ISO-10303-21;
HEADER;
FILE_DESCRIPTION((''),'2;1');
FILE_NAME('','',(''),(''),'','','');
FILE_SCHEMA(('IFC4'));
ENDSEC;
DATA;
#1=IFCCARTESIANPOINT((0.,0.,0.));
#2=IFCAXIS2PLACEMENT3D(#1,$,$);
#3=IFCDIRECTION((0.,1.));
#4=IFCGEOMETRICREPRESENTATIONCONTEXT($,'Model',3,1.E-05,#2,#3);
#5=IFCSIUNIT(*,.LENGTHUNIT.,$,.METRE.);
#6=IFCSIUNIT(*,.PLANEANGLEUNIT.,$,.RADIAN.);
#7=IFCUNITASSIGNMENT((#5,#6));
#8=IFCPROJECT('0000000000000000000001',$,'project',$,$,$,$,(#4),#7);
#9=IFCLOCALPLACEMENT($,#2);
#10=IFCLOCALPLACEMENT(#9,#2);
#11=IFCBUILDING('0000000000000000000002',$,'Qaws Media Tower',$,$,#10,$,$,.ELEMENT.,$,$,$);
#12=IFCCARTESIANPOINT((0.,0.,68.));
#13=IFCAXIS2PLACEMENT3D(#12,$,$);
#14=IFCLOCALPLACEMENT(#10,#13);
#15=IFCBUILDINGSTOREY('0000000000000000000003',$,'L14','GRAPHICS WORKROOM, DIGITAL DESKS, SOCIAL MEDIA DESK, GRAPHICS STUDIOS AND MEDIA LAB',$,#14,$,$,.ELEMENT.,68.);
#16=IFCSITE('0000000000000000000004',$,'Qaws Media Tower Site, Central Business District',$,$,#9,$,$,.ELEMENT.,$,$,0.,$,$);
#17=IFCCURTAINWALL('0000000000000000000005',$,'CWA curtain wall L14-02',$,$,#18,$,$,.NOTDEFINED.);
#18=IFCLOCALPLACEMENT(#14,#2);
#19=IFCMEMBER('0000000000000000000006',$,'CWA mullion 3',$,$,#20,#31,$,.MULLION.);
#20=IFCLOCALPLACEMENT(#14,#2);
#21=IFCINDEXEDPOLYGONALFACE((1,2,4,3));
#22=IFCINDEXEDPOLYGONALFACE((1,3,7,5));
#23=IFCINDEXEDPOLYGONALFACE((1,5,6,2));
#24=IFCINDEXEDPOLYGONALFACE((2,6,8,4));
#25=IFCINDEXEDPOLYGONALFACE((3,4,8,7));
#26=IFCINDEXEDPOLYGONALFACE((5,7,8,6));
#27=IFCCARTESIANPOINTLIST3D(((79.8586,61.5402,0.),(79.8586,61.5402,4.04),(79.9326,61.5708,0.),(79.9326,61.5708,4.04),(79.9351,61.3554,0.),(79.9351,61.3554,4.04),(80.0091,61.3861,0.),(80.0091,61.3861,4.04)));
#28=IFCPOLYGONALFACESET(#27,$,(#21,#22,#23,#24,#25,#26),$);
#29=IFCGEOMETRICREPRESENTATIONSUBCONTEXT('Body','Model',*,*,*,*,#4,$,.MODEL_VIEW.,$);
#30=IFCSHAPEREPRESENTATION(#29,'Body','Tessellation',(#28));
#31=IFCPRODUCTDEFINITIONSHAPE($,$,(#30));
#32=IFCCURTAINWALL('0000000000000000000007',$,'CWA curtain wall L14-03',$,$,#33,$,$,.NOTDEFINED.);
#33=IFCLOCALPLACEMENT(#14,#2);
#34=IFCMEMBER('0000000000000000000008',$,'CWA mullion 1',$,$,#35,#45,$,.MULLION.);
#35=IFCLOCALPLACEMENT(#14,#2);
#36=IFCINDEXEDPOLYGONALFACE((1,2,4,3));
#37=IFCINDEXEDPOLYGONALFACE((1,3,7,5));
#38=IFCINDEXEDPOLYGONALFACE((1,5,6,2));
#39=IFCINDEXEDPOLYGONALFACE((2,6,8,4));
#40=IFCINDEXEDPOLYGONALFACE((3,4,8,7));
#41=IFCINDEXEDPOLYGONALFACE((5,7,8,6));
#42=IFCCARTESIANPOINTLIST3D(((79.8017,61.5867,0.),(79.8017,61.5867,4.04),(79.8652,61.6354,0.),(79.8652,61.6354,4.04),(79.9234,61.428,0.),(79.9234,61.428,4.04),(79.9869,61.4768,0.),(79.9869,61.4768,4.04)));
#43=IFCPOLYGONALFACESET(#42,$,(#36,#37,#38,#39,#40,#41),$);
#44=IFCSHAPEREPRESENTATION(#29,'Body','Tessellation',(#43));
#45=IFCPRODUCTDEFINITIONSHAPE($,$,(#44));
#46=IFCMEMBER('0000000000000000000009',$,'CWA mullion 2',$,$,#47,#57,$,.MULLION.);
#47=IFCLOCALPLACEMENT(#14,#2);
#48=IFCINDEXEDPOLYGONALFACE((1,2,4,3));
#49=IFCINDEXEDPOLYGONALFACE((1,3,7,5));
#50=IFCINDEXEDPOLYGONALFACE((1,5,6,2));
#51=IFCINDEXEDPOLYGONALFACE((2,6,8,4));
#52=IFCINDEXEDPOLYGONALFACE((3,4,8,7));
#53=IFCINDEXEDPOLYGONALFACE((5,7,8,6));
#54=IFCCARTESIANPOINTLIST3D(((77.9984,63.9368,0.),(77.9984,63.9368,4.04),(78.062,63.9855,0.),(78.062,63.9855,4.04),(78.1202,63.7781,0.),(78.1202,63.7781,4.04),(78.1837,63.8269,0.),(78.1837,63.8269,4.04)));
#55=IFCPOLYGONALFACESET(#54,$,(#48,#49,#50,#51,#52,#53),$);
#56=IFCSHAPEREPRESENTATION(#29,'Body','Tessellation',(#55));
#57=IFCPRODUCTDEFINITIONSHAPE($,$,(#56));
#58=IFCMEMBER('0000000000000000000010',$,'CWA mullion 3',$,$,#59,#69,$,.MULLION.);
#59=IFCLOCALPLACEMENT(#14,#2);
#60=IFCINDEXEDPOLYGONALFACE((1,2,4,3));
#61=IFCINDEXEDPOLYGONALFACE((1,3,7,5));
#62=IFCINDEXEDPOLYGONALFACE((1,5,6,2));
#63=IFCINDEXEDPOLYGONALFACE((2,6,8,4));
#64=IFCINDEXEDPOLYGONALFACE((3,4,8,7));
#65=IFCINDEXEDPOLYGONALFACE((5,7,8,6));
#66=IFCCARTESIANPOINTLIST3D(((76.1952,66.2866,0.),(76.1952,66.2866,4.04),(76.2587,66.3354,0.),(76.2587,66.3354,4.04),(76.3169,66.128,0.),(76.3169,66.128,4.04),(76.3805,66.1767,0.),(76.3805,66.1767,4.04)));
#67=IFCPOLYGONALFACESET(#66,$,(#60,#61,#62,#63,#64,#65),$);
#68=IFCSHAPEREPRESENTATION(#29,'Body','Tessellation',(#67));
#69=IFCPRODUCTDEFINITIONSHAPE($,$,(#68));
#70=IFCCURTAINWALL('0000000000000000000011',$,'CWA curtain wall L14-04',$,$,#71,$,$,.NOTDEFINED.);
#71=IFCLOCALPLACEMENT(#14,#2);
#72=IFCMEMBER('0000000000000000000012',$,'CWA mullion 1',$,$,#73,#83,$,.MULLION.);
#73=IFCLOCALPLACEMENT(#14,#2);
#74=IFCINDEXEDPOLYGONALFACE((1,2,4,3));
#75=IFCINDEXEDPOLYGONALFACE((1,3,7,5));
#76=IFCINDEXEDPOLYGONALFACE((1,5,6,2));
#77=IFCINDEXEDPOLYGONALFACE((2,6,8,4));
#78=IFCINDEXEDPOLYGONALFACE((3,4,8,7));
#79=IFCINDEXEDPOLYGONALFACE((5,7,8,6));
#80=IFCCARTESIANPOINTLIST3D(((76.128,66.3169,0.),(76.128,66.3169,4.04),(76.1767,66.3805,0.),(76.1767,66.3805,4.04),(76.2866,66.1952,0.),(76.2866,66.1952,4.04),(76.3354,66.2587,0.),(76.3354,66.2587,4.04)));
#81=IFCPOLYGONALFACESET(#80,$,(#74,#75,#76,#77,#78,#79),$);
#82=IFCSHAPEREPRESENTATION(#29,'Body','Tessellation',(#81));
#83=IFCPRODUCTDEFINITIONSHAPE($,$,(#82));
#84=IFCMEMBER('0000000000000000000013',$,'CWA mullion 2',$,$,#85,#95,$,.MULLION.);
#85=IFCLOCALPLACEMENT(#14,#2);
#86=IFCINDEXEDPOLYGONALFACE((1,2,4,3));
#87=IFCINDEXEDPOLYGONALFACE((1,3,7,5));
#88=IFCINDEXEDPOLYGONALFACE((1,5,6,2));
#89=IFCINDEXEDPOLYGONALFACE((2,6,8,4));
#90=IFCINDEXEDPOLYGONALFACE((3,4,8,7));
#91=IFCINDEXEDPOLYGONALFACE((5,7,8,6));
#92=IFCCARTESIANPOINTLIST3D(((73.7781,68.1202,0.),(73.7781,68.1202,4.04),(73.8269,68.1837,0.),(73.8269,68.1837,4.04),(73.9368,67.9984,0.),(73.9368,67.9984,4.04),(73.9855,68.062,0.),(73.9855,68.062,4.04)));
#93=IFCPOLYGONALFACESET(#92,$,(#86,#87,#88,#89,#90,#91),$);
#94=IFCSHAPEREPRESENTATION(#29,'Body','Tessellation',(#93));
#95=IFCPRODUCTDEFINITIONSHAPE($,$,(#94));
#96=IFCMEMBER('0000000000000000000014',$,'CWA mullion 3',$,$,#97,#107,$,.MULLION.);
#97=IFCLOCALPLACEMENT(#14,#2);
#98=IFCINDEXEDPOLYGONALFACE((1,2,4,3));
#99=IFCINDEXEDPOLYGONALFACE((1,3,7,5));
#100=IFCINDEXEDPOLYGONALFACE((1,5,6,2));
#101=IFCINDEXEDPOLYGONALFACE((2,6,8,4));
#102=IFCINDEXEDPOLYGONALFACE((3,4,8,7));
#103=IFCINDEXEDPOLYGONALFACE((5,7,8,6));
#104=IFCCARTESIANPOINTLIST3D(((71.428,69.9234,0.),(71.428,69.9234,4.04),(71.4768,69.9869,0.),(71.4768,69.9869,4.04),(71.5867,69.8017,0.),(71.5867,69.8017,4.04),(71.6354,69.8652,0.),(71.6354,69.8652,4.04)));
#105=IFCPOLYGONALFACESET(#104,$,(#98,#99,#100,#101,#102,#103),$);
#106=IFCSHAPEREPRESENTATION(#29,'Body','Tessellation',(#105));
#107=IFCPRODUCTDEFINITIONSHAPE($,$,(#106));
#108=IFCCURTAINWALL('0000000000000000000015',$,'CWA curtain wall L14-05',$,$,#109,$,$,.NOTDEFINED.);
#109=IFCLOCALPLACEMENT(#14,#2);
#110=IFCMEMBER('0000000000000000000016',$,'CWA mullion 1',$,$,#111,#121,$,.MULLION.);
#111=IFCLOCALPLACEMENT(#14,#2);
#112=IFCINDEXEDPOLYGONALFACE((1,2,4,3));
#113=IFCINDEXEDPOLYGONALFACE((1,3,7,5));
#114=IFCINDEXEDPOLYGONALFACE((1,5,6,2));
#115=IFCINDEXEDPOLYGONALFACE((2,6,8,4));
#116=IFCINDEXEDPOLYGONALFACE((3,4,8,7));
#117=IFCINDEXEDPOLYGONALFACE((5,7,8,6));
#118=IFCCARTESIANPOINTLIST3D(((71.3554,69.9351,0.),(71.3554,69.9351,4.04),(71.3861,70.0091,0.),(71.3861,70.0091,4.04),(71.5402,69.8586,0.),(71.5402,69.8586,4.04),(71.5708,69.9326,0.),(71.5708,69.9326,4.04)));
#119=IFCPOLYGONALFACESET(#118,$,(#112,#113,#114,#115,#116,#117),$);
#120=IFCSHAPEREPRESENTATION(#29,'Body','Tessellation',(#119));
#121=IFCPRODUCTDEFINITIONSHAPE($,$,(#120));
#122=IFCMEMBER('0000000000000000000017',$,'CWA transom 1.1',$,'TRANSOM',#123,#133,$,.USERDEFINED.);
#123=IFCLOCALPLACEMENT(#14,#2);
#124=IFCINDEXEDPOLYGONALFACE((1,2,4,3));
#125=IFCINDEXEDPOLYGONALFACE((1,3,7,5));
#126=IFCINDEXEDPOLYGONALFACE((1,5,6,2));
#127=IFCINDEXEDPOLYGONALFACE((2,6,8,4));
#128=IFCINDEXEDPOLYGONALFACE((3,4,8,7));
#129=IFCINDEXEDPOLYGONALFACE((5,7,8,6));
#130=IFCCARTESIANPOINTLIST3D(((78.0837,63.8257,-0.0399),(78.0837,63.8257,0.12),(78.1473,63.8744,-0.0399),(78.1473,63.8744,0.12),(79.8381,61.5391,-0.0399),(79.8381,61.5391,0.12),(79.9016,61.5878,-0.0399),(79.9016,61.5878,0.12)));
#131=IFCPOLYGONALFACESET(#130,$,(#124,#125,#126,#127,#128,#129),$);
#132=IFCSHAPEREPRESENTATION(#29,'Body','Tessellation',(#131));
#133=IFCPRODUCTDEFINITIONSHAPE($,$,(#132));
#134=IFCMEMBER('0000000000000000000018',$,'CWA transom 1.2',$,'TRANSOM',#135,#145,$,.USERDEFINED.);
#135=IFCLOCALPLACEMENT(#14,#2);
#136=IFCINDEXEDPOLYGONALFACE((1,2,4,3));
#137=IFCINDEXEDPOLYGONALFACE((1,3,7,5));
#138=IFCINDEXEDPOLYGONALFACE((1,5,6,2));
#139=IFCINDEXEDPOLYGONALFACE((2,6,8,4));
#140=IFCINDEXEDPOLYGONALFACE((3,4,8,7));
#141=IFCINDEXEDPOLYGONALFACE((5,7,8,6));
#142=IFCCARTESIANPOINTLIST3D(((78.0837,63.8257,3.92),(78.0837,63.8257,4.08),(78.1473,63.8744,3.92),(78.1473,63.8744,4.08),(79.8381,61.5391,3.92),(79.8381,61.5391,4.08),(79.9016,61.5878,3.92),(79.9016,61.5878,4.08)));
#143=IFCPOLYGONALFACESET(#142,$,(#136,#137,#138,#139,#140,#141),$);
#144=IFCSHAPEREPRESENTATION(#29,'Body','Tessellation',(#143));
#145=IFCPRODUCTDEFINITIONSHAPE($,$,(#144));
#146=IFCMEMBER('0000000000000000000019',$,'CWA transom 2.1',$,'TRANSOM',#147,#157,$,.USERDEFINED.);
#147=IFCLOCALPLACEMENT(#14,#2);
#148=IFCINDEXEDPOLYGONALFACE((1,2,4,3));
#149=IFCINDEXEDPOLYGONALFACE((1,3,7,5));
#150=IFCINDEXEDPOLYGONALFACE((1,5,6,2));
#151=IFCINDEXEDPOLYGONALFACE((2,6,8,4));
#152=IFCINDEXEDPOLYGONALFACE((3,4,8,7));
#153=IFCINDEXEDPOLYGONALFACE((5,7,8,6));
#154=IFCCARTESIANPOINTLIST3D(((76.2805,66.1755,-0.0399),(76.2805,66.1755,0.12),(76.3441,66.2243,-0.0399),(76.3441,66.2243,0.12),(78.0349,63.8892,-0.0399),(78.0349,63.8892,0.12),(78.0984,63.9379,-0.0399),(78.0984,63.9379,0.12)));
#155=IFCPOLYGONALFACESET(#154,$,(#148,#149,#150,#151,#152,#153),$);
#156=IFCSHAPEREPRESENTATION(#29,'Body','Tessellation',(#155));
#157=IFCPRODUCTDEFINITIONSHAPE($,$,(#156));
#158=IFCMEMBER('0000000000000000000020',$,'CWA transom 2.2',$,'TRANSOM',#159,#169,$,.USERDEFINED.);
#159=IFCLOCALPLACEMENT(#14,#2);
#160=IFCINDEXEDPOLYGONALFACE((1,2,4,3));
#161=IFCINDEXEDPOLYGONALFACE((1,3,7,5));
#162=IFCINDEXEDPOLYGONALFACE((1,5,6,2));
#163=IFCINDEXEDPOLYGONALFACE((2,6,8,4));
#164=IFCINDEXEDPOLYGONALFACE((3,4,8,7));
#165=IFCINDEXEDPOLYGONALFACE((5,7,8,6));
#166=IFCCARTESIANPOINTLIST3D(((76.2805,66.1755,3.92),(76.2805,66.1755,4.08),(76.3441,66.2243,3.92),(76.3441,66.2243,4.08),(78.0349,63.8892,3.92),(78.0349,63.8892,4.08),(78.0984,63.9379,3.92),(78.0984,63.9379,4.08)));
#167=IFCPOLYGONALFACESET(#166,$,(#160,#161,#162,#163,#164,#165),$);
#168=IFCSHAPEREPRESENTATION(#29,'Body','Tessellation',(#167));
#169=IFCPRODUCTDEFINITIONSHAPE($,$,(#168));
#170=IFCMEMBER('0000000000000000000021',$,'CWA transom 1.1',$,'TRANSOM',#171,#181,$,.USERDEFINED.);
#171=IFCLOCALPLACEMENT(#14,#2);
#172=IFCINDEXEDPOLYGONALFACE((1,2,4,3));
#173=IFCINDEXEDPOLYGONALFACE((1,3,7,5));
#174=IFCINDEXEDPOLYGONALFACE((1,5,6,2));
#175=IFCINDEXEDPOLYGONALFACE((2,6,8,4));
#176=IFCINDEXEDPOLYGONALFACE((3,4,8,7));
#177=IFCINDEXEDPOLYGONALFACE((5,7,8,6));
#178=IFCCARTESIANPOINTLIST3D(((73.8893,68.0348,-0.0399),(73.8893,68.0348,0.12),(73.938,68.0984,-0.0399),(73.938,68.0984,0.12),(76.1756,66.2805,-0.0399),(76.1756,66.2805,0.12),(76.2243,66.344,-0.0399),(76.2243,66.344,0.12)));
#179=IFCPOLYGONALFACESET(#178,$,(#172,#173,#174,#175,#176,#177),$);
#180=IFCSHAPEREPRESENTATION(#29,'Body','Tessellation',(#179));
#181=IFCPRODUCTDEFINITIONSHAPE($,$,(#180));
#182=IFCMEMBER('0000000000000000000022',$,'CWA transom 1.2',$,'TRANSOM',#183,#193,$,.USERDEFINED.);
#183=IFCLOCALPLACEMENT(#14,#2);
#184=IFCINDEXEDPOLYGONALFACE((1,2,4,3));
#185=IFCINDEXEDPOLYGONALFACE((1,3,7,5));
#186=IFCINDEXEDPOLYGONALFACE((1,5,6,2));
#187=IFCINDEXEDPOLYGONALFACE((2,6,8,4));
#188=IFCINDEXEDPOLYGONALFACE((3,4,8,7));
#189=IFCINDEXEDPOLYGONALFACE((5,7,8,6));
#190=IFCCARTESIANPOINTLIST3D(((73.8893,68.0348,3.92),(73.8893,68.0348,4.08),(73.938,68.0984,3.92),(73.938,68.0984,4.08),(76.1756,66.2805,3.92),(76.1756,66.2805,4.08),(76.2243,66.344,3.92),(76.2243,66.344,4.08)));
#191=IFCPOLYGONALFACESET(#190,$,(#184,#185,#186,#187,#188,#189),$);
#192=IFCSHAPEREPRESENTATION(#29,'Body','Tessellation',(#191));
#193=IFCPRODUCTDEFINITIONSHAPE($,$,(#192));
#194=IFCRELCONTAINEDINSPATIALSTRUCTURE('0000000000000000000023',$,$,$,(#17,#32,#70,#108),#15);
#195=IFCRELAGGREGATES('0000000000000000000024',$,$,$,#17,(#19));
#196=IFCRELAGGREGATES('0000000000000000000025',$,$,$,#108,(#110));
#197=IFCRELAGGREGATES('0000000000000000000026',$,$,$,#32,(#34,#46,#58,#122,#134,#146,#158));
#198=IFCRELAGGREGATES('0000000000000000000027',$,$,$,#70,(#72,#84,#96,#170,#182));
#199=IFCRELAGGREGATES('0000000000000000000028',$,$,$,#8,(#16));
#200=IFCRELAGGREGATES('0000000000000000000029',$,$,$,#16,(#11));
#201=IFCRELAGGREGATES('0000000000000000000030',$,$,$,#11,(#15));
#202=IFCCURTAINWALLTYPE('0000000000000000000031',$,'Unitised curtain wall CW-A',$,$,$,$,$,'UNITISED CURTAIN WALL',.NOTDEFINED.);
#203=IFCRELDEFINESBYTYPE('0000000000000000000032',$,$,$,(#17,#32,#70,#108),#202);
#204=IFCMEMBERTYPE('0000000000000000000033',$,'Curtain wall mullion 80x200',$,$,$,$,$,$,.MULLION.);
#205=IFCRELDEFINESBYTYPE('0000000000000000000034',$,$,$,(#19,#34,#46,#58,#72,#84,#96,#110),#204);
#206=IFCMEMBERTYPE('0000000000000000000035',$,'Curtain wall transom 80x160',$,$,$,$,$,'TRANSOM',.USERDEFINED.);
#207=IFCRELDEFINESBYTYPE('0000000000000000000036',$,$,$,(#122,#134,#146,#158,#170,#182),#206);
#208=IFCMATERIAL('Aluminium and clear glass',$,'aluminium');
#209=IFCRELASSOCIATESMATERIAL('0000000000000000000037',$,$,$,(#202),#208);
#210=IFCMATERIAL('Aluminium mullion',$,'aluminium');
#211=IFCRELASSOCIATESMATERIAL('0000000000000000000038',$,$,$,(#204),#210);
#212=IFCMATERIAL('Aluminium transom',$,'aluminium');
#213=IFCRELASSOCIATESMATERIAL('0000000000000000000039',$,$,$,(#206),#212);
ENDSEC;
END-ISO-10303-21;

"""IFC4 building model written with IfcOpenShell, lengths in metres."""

from ifc_helpers import new_model, si_unit, direction, frame, origin, origin_2d, place, context, subcontext, project, spatial, rectangle, extrude, material, material_profile, profile_set, type_object, element, aggregate, save


model = new_model("IFC4")

# Units and contexts
model_context = context("Model", 3, precision=1e-05, world=origin(), true_north=direction((0.0, 1.0)))
body_context = subcontext(model_context, "Body", "Model", "MODEL_VIEW")
ifc_project = project(units=[si_unit("LENGTHUNIT", "METRE"), si_unit("PLANEANGLEUNIT", "RADIAN")], contexts=[model_context])

# Site, building, storey
site_placement = place(None, origin())
site = spatial("IfcSite", under=ifc_project, at=site_placement, Name="Qaws Media Tower Site, Central Business District", CompositionType="ELEMENT", RefElevation=0.0)
building_placement = place(site_placement, origin())
building = spatial("IfcBuilding", under=site, at=building_placement, Name="Qaws Media Tower", CompositionType="ELEMENT")
storey_placement = place(building_placement, frame((0.0, 0.0, 68.0)))
storey = spatial("IfcBuildingStorey", under=building, at=storey_placement, Name="L14", Description="GRAPHICS WORKROOM, DIGITAL DESKS, SOCIAL MEDIA DESK, GRAPHICS STUDIOS AND MEDIA LAB", CompositionType="ELEMENT", Elevation=68.0)

# Curtain wall, member
ifc_material_1 = material(Name="Aluminium and clear glass", Category="aluminium")
curtain_wall_type = type_object("IfcCurtainWallType", Name="Unitised curtain wall CW-A", ElementType="UNITISED CURTAIN WALL", PredefinedType="NOTDEFINED", material=ifc_material_1)
curtain_wall_1_placement = place(storey_placement, origin())
curtain_wall_1 = element("IfcCurtainWall", 1, at=curtain_wall_1_placement, inside=storey, type_object=curtain_wall_type, Name="CWA curtain wall L14-02", PredefinedType="NOTDEFINED")
ifc_material_2 = material(Name="Aluminium mullion", Category="aluminium")
ifc_material_profile_1 = material_profile(ifc_material_2, rectangle(XDim=0.0801, YDim=0.2, at=origin_2d()), Name="80x200")
ifc_profile_set_1 = profile_set([ifc_material_profile_1], Name="Aluminium mullion")
member_type_1 = type_object("IfcMemberType", Name="Curtain wall mullion 80x200", PredefinedType="MULLION", material=ifc_profile_set_1)
member_1_placement = place(storey_placement, frame((79.9338, 61.4631, 0.0), z_axis=(0.0, 0.0, 1.0), x_axis=(-0.92388, -0.382683, 0.0)))
member_1 = element("IfcMember", 2, at=member_1_placement, type_object=member_type_1, Name="CWA mullion 3", PredefinedType="MULLION", context=body_context, shape_type="SweptSolid", body=[
    extrude(rectangle(XDim=0.0801, YDim=0.2, at=origin_2d()), origin(), (0.0, 0.0, 1.0), 4.04),
])
aggregate(curtain_wall_1, [member_1])

# Curtain walls, members
curtain_wall_2_placement = place(storey_placement, origin())
curtain_wall_2 = element("IfcCurtainWall", 3, at=curtain_wall_2_placement, inside=storey, type_object=curtain_wall_type, Name="CWA curtain wall L14-03", PredefinedType="NOTDEFINED")
member_2_placement = place(storey_placement, frame((79.8943, 61.5317, 0.0), z_axis=(0.0, 0.0, 1.0), x_axis=(-0.793353, -0.608761, 0.0)))
member_2 = element("IfcMember", 4, at=member_2_placement, type_object=member_type_1, Name="CWA mullion 1", PredefinedType="MULLION", context=body_context, shape_type="SweptSolid", body=[
    extrude(rectangle(XDim=0.0801, YDim=0.2, at=origin_2d()), origin(), (0.0, 0.0, 1.0), 4.04),
])
member_3_placement = place(storey_placement, frame((78.0911, 63.8818, 0.0), z_axis=(0.0, 0.0, 1.0), x_axis=(-0.793353, -0.608761, 0.0)))
member_3 = element("IfcMember", 5, at=member_3_placement, type_object=member_type_1, Name="CWA mullion 2", PredefinedType="MULLION", context=body_context, shape_type="SweptSolid", body=[
    extrude(rectangle(XDim=0.0801, YDim=0.2, at=origin_2d()), origin(), (0.0, 0.0, 1.0), 4.04),
])
member_4_placement = place(storey_placement, frame((76.2878, 66.2317, 0.0), z_axis=(0.0, 0.0, 1.0), x_axis=(-0.793353, -0.608761, 0.0)))
member_4 = element("IfcMember", 6, at=member_4_placement, type_object=member_type_1, Name="CWA mullion 3", PredefinedType="MULLION", context=body_context, shape_type="SweptSolid", body=[
    extrude(rectangle(XDim=0.0801, YDim=0.2, at=origin_2d()), origin(), (0.0, 0.0, 1.0), 4.04),
])
curtain_wall_3_placement = place(storey_placement, origin())
curtain_wall_3 = element("IfcCurtainWall", 7, at=curtain_wall_3_placement, inside=storey, type_object=curtain_wall_type, Name="CWA curtain wall L14-04", PredefinedType="NOTDEFINED")
member_5_placement = place(storey_placement, frame((76.2317, 66.2878, 0.0), z_axis=(0.0, 0.0, 1.0), x_axis=(-0.608761, -0.793353, 0.0)))
member_5 = element("IfcMember", 8, at=member_5_placement, type_object=member_type_1, Name="CWA mullion 1", PredefinedType="MULLION", context=body_context, shape_type="SweptSolid", body=[
    extrude(rectangle(XDim=0.0801, YDim=0.2, at=origin_2d()), origin(), (0.0, 0.0, 1.0), 4.04),
])
member_6_placement = place(storey_placement, frame((73.8818, 68.0911, 0.0), z_axis=(0.0, 0.0, 1.0), x_axis=(-0.608761, -0.793353, 0.0)))
member_6 = element("IfcMember", 9, at=member_6_placement, type_object=member_type_1, Name="CWA mullion 2", PredefinedType="MULLION", context=body_context, shape_type="SweptSolid", body=[
    extrude(rectangle(XDim=0.0801, YDim=0.2, at=origin_2d()), origin(), (0.0, 0.0, 1.0), 4.04),
])
member_7_placement = place(storey_placement, frame((71.5317, 69.8943, 0.0), z_axis=(0.0, 0.0, 1.0), x_axis=(-0.608761, -0.793353, 0.0)))
member_7 = element("IfcMember", 10, at=member_7_placement, type_object=member_type_1, Name="CWA mullion 3", PredefinedType="MULLION", context=body_context, shape_type="SweptSolid", body=[
    extrude(rectangle(XDim=0.0801, YDim=0.2, at=origin_2d()), origin(), (0.0, 0.0, 1.0), 4.04),
])

# Curtain wall, member
curtain_wall_4_placement = place(storey_placement, origin())
curtain_wall_4 = element("IfcCurtainWall", 11, at=curtain_wall_4_placement, inside=storey, type_object=curtain_wall_type, Name="CWA curtain wall L14-05", PredefinedType="NOTDEFINED")
member_8_placement = place(storey_placement, frame((71.4631, 69.9338, 0.0), z_axis=(0.0, 0.0, 1.0), x_axis=(-0.382683, -0.92388, 0.0)))
member_8 = element("IfcMember", 12, at=member_8_placement, type_object=member_type_1, Name="CWA mullion 1", PredefinedType="MULLION", context=body_context, shape_type="SweptSolid", body=[
    extrude(rectangle(XDim=0.0801, YDim=0.2, at=origin_2d()), origin(), (0.0, 0.0, 1.0), 4.04),
])

# Members
ifc_material_3 = material(Name="Aluminium transom", Category="aluminium")
ifc_material_profile_2 = material_profile(ifc_material_3, rectangle(XDim=0.0801, YDim=0.1599, at=origin_2d()), Name="80x160")
ifc_profile_set_2 = profile_set([ifc_material_profile_2], Name="Aluminium transom")
member_type_2 = type_object("IfcMemberType", Name="Curtain wall transom 80x160", ElementType="TRANSOM", PredefinedType="USERDEFINED", material=ifc_profile_set_2)
member_9_placement = place(storey_placement, frame((79.8699, 61.5635, 0.04), z_axis=(-0.60872, 0.793385, 0.0), x_axis=(-0.793385, -0.60872, 0.0)))
member_9 = element("IfcMember", 13, at=member_9_placement, type_object=member_type_2, Name="CWA transom 1.1", ObjectType="TRANSOM", PredefinedType="USERDEFINED", context=body_context, shape_type="SweptSolid", body=[
    extrude(rectangle(XDim=0.0801, YDim=0.1599, at=origin_2d()), origin(), (0.0, 0.0, 1.0), 2.8821),
])
member_10_placement = place(storey_placement, frame((79.8699, 61.5635, 4.0), z_axis=(-0.60872, 0.793385, 0.0), x_axis=(-0.793385, -0.60872, 0.0)))
member_10 = element("IfcMember", 14, at=member_10_placement, type_object=member_type_2, Name="CWA transom 1.2", ObjectType="TRANSOM", PredefinedType="USERDEFINED", context=body_context, shape_type="SweptSolid", body=[
    extrude(rectangle(XDim=0.0801, YDim=0.1599, at=origin_2d()), origin(), (0.0, 0.0, 1.0), 2.8821),
])
member_11_placement = place(storey_placement, frame((78.0667, 63.9136, 0.04), z_axis=(-0.608761, 0.793354, 0.0), x_axis=(-0.793354, -0.608761, 0.0)))
member_11 = element("IfcMember", 15, at=member_11_placement, type_object=member_type_2, Name="CWA transom 2.1", ObjectType="TRANSOM", PredefinedType="USERDEFINED", context=body_context, shape_type="SweptSolid", body=[
    extrude(rectangle(XDim=0.0801, YDim=0.1599, at=origin_2d()), origin(), (0.0, 0.0, 1.0), 2.8818),
])
member_12_placement = place(storey_placement, frame((78.0667, 63.9136, 4.0), z_axis=(-0.608761, 0.793354, 0.0), x_axis=(-0.793354, -0.608761, 0.0)))
member_12 = element("IfcMember", 16, at=member_12_placement, type_object=member_type_2, Name="CWA transom 2.2", ObjectType="TRANSOM", PredefinedType="USERDEFINED", context=body_context, shape_type="SweptSolid", body=[
    extrude(rectangle(XDim=0.0801, YDim=0.1599, at=origin_2d()), origin(), (0.0, 0.0, 1.0), 2.8818),
])
member_13_placement = place(storey_placement, frame((76.2, 66.3123, 0.04), z_axis=(-0.793354, 0.608761, 0.0), x_axis=(-0.608761, -0.793354, 0.0)))
member_13 = element("IfcMember", 17, at=member_13_placement, type_object=member_type_2, Name="CWA transom 1.1", ObjectType="TRANSOM", PredefinedType="USERDEFINED", context=body_context, shape_type="SweptSolid", body=[
    extrude(rectangle(XDim=0.0801, YDim=0.1599, at=origin_2d()), origin(), (0.0, 0.0, 1.0), 2.8818),
])
member_14_placement = place(storey_placement, frame((76.2, 66.3123, 4.0), z_axis=(-0.793354, 0.608761, 0.0), x_axis=(-0.608761, -0.793354, 0.0)))
member_14 = element("IfcMember", 18, at=member_14_placement, type_object=member_type_2, Name="CWA transom 1.2", ObjectType="TRANSOM", PredefinedType="USERDEFINED", context=body_context, shape_type="SweptSolid", body=[
    extrude(rectangle(XDim=0.0801, YDim=0.1599, at=origin_2d()), origin(), (0.0, 0.0, 1.0), 2.8818),
])
aggregate(curtain_wall_4, [member_8])

aggregate(curtain_wall_2, [member_2, member_3, member_4, member_9, member_10, member_11, member_12])
aggregate(curtain_wall_3, [member_5, member_6, member_7, member_13, member_14])

save(model, "model.ifc")
